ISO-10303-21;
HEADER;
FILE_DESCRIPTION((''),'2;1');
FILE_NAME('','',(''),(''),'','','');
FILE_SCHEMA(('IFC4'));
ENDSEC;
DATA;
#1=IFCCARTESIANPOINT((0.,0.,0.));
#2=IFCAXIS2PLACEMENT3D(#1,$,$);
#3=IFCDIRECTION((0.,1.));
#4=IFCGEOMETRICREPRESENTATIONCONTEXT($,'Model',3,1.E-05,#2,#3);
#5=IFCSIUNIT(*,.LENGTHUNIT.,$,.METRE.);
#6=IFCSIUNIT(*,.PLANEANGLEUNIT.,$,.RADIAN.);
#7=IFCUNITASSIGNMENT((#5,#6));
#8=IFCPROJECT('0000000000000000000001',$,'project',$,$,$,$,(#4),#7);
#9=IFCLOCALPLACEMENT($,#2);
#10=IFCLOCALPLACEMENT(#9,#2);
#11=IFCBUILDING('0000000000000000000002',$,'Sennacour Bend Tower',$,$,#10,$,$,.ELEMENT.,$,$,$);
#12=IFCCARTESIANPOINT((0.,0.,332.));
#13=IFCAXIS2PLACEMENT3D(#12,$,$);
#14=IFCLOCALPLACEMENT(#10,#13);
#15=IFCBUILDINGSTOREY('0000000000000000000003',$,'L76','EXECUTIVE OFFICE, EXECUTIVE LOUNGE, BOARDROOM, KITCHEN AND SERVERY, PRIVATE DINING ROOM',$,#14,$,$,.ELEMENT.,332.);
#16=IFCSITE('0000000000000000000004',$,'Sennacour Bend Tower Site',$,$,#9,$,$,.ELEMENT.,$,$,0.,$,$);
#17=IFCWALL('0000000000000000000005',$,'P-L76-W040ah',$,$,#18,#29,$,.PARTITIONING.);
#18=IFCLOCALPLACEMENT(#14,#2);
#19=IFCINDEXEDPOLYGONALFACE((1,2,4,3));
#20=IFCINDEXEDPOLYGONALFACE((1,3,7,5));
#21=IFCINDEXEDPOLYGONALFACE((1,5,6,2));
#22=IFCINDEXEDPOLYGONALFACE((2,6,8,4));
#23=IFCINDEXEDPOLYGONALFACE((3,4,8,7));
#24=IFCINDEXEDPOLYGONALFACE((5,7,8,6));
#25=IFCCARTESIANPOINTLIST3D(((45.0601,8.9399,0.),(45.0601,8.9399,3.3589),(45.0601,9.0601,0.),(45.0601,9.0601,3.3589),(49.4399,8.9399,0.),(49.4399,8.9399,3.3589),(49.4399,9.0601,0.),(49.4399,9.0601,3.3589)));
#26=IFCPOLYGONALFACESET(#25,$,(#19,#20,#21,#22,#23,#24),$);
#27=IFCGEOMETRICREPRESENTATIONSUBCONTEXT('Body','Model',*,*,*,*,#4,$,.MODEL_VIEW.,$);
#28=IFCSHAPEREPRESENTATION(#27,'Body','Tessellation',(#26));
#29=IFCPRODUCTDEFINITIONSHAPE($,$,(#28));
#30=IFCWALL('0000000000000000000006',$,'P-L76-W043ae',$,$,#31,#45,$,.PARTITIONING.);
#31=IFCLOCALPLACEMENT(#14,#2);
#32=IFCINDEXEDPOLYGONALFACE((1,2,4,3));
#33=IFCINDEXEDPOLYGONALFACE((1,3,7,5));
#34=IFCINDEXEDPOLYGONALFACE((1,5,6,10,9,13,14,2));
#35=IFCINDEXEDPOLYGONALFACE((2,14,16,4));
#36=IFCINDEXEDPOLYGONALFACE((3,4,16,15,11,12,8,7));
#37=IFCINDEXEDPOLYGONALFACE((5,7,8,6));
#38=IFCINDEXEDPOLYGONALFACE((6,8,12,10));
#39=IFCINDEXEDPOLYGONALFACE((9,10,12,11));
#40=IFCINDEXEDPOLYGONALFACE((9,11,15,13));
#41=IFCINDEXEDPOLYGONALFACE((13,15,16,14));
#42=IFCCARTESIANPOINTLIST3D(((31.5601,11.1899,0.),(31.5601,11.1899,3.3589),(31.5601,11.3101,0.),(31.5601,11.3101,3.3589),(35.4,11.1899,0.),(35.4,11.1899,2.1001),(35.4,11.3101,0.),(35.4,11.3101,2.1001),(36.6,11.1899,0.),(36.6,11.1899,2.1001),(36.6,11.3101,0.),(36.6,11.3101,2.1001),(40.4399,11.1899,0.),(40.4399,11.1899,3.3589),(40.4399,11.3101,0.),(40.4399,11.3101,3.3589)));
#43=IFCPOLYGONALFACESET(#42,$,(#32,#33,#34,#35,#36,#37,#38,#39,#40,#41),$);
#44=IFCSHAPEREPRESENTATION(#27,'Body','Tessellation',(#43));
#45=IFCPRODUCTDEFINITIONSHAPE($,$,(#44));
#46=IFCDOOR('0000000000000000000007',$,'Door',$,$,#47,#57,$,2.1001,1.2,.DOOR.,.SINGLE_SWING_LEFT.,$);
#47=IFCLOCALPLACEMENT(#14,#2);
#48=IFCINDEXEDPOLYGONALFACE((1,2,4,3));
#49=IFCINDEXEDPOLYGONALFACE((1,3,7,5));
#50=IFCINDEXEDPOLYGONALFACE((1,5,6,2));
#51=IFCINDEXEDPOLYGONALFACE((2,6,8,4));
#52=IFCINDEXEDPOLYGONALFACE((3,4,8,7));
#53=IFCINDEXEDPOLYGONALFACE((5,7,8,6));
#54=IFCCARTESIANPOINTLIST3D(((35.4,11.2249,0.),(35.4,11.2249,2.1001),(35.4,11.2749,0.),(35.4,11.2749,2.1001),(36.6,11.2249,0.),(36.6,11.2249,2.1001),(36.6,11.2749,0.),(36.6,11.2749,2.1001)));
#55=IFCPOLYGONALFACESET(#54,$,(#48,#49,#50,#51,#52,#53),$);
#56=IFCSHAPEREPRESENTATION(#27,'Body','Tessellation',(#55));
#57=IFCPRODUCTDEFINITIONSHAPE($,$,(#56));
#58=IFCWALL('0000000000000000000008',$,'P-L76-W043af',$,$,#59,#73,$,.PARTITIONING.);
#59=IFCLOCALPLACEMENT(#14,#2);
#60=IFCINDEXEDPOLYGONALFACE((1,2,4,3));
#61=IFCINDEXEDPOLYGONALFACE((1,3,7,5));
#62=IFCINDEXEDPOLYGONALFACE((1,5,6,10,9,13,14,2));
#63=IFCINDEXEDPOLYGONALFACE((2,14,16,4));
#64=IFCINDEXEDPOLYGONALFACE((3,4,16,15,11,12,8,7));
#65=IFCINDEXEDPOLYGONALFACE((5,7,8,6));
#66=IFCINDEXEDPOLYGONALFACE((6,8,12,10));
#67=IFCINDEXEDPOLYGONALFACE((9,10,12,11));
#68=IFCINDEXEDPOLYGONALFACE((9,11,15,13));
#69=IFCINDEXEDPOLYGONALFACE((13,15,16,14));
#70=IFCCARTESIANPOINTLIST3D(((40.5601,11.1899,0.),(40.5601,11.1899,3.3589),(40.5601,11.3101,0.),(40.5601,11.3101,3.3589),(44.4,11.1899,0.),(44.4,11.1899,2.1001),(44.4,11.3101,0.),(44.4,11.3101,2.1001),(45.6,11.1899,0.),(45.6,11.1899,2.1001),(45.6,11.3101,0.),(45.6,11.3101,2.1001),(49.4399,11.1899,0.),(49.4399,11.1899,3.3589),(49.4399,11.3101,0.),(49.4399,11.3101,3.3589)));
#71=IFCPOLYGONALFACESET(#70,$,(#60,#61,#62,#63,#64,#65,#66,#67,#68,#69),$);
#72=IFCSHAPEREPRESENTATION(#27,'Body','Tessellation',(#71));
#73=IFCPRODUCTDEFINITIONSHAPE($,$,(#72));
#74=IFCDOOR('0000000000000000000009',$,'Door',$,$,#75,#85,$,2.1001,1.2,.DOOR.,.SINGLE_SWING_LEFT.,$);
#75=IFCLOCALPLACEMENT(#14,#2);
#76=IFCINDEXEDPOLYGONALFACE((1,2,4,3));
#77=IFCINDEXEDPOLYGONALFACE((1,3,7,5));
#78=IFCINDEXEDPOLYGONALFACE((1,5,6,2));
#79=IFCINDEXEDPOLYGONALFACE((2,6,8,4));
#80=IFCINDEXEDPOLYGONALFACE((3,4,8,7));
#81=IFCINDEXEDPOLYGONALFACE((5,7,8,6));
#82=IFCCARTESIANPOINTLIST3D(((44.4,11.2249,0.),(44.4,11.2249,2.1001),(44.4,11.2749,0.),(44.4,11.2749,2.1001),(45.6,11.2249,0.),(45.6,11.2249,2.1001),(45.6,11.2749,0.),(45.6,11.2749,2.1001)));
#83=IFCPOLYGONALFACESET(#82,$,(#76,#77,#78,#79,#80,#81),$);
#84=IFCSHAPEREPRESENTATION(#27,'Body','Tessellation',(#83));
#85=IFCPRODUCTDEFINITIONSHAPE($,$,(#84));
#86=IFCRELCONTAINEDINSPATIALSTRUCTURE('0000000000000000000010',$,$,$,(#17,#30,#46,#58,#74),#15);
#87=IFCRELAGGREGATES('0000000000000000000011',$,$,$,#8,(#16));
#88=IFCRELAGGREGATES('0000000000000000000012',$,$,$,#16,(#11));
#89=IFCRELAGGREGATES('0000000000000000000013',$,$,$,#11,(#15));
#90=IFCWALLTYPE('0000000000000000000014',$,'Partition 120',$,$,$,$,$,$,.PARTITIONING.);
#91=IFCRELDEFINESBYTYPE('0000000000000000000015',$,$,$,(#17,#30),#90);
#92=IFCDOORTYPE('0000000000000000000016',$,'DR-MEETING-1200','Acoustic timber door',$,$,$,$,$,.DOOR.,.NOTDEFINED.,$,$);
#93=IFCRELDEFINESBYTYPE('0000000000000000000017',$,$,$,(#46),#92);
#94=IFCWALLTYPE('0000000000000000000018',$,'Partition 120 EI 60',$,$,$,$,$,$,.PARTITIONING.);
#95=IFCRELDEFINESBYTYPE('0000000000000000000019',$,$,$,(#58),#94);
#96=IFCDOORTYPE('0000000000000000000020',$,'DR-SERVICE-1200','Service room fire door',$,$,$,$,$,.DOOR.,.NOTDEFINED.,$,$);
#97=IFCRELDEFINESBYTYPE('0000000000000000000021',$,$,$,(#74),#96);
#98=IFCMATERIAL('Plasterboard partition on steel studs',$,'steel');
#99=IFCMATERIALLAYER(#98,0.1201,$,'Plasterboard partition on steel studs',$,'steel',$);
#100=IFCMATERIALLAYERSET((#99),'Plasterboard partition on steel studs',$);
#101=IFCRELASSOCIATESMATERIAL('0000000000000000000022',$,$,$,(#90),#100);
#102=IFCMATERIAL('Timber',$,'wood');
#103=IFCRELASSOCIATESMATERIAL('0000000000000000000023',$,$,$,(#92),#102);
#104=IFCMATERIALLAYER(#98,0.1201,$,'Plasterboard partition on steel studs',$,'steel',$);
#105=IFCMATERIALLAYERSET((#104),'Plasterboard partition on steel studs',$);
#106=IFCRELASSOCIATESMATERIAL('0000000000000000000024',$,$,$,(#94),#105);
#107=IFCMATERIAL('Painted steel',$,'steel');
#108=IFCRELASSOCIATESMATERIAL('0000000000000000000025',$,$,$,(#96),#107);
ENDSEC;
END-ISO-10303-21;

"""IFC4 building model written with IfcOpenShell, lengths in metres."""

from ifc_helpers import new_model, si_unit, direction, frame, frame_2d, origin, place, context, subcontext, project, spatial, rectangle, extrude, material, layer, layer_set, type_object, element, fill, save


model = new_model("IFC4")

# Units and contexts
model_context = context("Model", 3, precision=1e-05, world=origin(), true_north=direction((0.0, 1.0)))
body_context = subcontext(model_context, "Body", "Model", "MODEL_VIEW")
ifc_project = project(units=[si_unit("LENGTHUNIT", "METRE"), si_unit("PLANEANGLEUNIT", "RADIAN")], contexts=[model_context])

# Site, building, storey
site_placement = place(None, origin())
site = spatial("IfcSite", under=ifc_project, at=site_placement, Name="Sennacour Bend Tower Site", CompositionType="ELEMENT", RefElevation=0.0)
building_placement = place(site_placement, origin())
building = spatial("IfcBuilding", under=site, at=building_placement, Name="Sennacour Bend Tower", CompositionType="ELEMENT")
storey_placement = place(building_placement, frame((0.0, 0.0, 332.0)))
storey = spatial("IfcBuildingStorey", under=building, at=storey_placement, Name="L76", Description="EXECUTIVE OFFICE, EXECUTIVE LOUNGE, BOARDROOM, KITCHEN AND SERVERY, PRIVATE DINING ROOM", CompositionType="ELEMENT", Elevation=332.0)

# Shared definitions
ifc_material_1 = material(Name="Plasterboard partition on steel studs", Category="steel")
ifc_layer_1 = layer(ifc_material_1, 0.1201, Name="Plasterboard partition on steel studs", Category="steel")
ifc_layer_set_1 = layer_set([ifc_layer_1], Name="Plasterboard partition on steel studs")
wall_type_1 = type_object("IfcWallType", Name="Partition 120", PredefinedType="PARTITIONING", material=ifc_layer_set_1)

# Shared definitions
ifc_material_2 = material(Name="Timber", Category="wood")

# Wall
wall_1_placement = place(storey_placement, frame((45.0601, 9.0, 0.0), z_axis=(0.0, 0.0, 1.0), x_axis=(1.0, 0.0, 0.0)))
element("IfcWall", 1, at=wall_1_placement, inside=storey, type_object=wall_type_1, Name="P-L76-W040ah", PredefinedType="PARTITIONING", context=body_context, shape_type="SweptSolid", body=[
    extrude(rectangle(XDim=4.3799, YDim=0.1201, at=frame_2d((2.1899, 0.0))), origin(), (0.0, 0.0, 1.0), 3.3589),
])

# Walls, openings, doors
wall_2_placement = place(storey_placement, frame((31.5601, 11.25, 0.0), z_axis=(0.0, 0.0, 1.0), x_axis=(1.0, 0.0, 0.0)))
wall_2 = element("IfcWall", 2, at=wall_2_placement, inside=storey, type_object=wall_type_1, Name="P-L76-W043ae", PredefinedType="PARTITIONING", context=body_context, shape_type="SweptSolid", body=[
    extrude(rectangle(XDim=8.8799, YDim=0.1201, at=frame_2d((4.4399, 0.0))), origin(), (0.0, 0.0, 1.0), 3.3589),
])
opening_1_placement = place(wall_2_placement, frame((3.8398, 0.0, 0.0)))
opening_1 = element("IfcOpeningElement", 3, at=opening_1_placement, cuts=wall_2, PredefinedType="OPENING", context=body_context, shape_type="SweptSolid", body=[
    extrude(rectangle(XDim=1.2, YDim=2.1001, at=frame_2d((0.6001, 1.05))), frame((0.0, 0.0701, 0.0), z_axis=(0.0, -1.0, 0.0), x_axis=(1.0, 0.0, 0.0)), (0.0, 0.0, 1.0), 0.1401),
])
door_type_1 = type_object("IfcDoorType", Name="DR-MEETING-1200", Description="Acoustic timber door", OperationType="NOTDEFINED", PredefinedType="DOOR", material=ifc_material_2)
door_1_placement = place(opening_1_placement, origin())
door_1 = element("IfcDoor", 4, at=door_1_placement, inside=storey, type_object=door_type_1, Name="Door", OperationType="SINGLE_SWING_LEFT", OverallHeight=2.1001, OverallWidth=1.2, PredefinedType="DOOR", context=body_context, shape_type="SweptSolid", body=[
    extrude(rectangle(XDim=1.2, YDim=2.1001, at=frame_2d((0.6001, 1.05))), frame((0.0, 0.0249, 0.0), z_axis=(0.0, -1.0, 0.0), x_axis=(1.0, 0.0, 0.0)), (0.0, 0.0, 1.0), 0.05),
])
fill(opening_1, door_1)
ifc_layer_2 = layer(ifc_material_1, 0.1201, Name="Plasterboard partition on steel studs", Category="steel")
ifc_layer_set_2 = layer_set([ifc_layer_2], Name="Plasterboard partition on steel studs")
wall_type_2 = type_object("IfcWallType", Name="Partition 120 EI 60", PredefinedType="PARTITIONING", material=ifc_layer_set_2)
wall_3_placement = place(storey_placement, frame((40.5601, 11.25, 0.0), z_axis=(0.0, 0.0, 1.0), x_axis=(1.0, 0.0, 0.0)))
wall_3 = element("IfcWall", 5, at=wall_3_placement, inside=storey, type_object=wall_type_2, Name="P-L76-W043af", PredefinedType="PARTITIONING", context=body_context, shape_type="SweptSolid", body=[
    extrude(rectangle(XDim=8.8799, YDim=0.1201, at=frame_2d((4.4399, 0.0))), origin(), (0.0, 0.0, 1.0), 3.3589),
])
opening_2_placement = place(wall_3_placement, frame((3.8398, 0.0, 0.0)))
opening_2 = element("IfcOpeningElement", 6, at=opening_2_placement, cuts=wall_3, PredefinedType="OPENING", context=body_context, shape_type="SweptSolid", body=[
    extrude(rectangle(XDim=1.2, YDim=2.1001, at=frame_2d((0.6001, 1.05))), frame((0.0, 0.0701, 0.0), z_axis=(0.0, -1.0, 0.0), x_axis=(1.0, 0.0, 0.0)), (0.0, 0.0, 1.0), 0.1401),
])
ifc_material_3 = material(Name="Painted steel", Category="steel")
door_type_2 = type_object("IfcDoorType", Name="DR-SERVICE-1200", Description="Service room fire door", OperationType="NOTDEFINED", PredefinedType="DOOR", material=ifc_material_3)
door_2_placement = place(opening_2_placement, origin())
door_2 = element("IfcDoor", 7, at=door_2_placement, inside=storey, type_object=door_type_2, Name="Door", OperationType="SINGLE_SWING_LEFT", OverallHeight=2.1001, OverallWidth=1.2, PredefinedType="DOOR", context=body_context, shape_type="SweptSolid", body=[
    extrude(rectangle(XDim=1.2, YDim=2.1001, at=frame_2d((0.6001, 1.05))), frame((0.0, 0.0249, 0.0), z_axis=(0.0, -1.0, 0.0), x_axis=(1.0, 0.0, 0.0)), (0.0, 0.0, 1.0), 0.05),
])
fill(opening_2, door_2)

save(model, "model.ifc")
